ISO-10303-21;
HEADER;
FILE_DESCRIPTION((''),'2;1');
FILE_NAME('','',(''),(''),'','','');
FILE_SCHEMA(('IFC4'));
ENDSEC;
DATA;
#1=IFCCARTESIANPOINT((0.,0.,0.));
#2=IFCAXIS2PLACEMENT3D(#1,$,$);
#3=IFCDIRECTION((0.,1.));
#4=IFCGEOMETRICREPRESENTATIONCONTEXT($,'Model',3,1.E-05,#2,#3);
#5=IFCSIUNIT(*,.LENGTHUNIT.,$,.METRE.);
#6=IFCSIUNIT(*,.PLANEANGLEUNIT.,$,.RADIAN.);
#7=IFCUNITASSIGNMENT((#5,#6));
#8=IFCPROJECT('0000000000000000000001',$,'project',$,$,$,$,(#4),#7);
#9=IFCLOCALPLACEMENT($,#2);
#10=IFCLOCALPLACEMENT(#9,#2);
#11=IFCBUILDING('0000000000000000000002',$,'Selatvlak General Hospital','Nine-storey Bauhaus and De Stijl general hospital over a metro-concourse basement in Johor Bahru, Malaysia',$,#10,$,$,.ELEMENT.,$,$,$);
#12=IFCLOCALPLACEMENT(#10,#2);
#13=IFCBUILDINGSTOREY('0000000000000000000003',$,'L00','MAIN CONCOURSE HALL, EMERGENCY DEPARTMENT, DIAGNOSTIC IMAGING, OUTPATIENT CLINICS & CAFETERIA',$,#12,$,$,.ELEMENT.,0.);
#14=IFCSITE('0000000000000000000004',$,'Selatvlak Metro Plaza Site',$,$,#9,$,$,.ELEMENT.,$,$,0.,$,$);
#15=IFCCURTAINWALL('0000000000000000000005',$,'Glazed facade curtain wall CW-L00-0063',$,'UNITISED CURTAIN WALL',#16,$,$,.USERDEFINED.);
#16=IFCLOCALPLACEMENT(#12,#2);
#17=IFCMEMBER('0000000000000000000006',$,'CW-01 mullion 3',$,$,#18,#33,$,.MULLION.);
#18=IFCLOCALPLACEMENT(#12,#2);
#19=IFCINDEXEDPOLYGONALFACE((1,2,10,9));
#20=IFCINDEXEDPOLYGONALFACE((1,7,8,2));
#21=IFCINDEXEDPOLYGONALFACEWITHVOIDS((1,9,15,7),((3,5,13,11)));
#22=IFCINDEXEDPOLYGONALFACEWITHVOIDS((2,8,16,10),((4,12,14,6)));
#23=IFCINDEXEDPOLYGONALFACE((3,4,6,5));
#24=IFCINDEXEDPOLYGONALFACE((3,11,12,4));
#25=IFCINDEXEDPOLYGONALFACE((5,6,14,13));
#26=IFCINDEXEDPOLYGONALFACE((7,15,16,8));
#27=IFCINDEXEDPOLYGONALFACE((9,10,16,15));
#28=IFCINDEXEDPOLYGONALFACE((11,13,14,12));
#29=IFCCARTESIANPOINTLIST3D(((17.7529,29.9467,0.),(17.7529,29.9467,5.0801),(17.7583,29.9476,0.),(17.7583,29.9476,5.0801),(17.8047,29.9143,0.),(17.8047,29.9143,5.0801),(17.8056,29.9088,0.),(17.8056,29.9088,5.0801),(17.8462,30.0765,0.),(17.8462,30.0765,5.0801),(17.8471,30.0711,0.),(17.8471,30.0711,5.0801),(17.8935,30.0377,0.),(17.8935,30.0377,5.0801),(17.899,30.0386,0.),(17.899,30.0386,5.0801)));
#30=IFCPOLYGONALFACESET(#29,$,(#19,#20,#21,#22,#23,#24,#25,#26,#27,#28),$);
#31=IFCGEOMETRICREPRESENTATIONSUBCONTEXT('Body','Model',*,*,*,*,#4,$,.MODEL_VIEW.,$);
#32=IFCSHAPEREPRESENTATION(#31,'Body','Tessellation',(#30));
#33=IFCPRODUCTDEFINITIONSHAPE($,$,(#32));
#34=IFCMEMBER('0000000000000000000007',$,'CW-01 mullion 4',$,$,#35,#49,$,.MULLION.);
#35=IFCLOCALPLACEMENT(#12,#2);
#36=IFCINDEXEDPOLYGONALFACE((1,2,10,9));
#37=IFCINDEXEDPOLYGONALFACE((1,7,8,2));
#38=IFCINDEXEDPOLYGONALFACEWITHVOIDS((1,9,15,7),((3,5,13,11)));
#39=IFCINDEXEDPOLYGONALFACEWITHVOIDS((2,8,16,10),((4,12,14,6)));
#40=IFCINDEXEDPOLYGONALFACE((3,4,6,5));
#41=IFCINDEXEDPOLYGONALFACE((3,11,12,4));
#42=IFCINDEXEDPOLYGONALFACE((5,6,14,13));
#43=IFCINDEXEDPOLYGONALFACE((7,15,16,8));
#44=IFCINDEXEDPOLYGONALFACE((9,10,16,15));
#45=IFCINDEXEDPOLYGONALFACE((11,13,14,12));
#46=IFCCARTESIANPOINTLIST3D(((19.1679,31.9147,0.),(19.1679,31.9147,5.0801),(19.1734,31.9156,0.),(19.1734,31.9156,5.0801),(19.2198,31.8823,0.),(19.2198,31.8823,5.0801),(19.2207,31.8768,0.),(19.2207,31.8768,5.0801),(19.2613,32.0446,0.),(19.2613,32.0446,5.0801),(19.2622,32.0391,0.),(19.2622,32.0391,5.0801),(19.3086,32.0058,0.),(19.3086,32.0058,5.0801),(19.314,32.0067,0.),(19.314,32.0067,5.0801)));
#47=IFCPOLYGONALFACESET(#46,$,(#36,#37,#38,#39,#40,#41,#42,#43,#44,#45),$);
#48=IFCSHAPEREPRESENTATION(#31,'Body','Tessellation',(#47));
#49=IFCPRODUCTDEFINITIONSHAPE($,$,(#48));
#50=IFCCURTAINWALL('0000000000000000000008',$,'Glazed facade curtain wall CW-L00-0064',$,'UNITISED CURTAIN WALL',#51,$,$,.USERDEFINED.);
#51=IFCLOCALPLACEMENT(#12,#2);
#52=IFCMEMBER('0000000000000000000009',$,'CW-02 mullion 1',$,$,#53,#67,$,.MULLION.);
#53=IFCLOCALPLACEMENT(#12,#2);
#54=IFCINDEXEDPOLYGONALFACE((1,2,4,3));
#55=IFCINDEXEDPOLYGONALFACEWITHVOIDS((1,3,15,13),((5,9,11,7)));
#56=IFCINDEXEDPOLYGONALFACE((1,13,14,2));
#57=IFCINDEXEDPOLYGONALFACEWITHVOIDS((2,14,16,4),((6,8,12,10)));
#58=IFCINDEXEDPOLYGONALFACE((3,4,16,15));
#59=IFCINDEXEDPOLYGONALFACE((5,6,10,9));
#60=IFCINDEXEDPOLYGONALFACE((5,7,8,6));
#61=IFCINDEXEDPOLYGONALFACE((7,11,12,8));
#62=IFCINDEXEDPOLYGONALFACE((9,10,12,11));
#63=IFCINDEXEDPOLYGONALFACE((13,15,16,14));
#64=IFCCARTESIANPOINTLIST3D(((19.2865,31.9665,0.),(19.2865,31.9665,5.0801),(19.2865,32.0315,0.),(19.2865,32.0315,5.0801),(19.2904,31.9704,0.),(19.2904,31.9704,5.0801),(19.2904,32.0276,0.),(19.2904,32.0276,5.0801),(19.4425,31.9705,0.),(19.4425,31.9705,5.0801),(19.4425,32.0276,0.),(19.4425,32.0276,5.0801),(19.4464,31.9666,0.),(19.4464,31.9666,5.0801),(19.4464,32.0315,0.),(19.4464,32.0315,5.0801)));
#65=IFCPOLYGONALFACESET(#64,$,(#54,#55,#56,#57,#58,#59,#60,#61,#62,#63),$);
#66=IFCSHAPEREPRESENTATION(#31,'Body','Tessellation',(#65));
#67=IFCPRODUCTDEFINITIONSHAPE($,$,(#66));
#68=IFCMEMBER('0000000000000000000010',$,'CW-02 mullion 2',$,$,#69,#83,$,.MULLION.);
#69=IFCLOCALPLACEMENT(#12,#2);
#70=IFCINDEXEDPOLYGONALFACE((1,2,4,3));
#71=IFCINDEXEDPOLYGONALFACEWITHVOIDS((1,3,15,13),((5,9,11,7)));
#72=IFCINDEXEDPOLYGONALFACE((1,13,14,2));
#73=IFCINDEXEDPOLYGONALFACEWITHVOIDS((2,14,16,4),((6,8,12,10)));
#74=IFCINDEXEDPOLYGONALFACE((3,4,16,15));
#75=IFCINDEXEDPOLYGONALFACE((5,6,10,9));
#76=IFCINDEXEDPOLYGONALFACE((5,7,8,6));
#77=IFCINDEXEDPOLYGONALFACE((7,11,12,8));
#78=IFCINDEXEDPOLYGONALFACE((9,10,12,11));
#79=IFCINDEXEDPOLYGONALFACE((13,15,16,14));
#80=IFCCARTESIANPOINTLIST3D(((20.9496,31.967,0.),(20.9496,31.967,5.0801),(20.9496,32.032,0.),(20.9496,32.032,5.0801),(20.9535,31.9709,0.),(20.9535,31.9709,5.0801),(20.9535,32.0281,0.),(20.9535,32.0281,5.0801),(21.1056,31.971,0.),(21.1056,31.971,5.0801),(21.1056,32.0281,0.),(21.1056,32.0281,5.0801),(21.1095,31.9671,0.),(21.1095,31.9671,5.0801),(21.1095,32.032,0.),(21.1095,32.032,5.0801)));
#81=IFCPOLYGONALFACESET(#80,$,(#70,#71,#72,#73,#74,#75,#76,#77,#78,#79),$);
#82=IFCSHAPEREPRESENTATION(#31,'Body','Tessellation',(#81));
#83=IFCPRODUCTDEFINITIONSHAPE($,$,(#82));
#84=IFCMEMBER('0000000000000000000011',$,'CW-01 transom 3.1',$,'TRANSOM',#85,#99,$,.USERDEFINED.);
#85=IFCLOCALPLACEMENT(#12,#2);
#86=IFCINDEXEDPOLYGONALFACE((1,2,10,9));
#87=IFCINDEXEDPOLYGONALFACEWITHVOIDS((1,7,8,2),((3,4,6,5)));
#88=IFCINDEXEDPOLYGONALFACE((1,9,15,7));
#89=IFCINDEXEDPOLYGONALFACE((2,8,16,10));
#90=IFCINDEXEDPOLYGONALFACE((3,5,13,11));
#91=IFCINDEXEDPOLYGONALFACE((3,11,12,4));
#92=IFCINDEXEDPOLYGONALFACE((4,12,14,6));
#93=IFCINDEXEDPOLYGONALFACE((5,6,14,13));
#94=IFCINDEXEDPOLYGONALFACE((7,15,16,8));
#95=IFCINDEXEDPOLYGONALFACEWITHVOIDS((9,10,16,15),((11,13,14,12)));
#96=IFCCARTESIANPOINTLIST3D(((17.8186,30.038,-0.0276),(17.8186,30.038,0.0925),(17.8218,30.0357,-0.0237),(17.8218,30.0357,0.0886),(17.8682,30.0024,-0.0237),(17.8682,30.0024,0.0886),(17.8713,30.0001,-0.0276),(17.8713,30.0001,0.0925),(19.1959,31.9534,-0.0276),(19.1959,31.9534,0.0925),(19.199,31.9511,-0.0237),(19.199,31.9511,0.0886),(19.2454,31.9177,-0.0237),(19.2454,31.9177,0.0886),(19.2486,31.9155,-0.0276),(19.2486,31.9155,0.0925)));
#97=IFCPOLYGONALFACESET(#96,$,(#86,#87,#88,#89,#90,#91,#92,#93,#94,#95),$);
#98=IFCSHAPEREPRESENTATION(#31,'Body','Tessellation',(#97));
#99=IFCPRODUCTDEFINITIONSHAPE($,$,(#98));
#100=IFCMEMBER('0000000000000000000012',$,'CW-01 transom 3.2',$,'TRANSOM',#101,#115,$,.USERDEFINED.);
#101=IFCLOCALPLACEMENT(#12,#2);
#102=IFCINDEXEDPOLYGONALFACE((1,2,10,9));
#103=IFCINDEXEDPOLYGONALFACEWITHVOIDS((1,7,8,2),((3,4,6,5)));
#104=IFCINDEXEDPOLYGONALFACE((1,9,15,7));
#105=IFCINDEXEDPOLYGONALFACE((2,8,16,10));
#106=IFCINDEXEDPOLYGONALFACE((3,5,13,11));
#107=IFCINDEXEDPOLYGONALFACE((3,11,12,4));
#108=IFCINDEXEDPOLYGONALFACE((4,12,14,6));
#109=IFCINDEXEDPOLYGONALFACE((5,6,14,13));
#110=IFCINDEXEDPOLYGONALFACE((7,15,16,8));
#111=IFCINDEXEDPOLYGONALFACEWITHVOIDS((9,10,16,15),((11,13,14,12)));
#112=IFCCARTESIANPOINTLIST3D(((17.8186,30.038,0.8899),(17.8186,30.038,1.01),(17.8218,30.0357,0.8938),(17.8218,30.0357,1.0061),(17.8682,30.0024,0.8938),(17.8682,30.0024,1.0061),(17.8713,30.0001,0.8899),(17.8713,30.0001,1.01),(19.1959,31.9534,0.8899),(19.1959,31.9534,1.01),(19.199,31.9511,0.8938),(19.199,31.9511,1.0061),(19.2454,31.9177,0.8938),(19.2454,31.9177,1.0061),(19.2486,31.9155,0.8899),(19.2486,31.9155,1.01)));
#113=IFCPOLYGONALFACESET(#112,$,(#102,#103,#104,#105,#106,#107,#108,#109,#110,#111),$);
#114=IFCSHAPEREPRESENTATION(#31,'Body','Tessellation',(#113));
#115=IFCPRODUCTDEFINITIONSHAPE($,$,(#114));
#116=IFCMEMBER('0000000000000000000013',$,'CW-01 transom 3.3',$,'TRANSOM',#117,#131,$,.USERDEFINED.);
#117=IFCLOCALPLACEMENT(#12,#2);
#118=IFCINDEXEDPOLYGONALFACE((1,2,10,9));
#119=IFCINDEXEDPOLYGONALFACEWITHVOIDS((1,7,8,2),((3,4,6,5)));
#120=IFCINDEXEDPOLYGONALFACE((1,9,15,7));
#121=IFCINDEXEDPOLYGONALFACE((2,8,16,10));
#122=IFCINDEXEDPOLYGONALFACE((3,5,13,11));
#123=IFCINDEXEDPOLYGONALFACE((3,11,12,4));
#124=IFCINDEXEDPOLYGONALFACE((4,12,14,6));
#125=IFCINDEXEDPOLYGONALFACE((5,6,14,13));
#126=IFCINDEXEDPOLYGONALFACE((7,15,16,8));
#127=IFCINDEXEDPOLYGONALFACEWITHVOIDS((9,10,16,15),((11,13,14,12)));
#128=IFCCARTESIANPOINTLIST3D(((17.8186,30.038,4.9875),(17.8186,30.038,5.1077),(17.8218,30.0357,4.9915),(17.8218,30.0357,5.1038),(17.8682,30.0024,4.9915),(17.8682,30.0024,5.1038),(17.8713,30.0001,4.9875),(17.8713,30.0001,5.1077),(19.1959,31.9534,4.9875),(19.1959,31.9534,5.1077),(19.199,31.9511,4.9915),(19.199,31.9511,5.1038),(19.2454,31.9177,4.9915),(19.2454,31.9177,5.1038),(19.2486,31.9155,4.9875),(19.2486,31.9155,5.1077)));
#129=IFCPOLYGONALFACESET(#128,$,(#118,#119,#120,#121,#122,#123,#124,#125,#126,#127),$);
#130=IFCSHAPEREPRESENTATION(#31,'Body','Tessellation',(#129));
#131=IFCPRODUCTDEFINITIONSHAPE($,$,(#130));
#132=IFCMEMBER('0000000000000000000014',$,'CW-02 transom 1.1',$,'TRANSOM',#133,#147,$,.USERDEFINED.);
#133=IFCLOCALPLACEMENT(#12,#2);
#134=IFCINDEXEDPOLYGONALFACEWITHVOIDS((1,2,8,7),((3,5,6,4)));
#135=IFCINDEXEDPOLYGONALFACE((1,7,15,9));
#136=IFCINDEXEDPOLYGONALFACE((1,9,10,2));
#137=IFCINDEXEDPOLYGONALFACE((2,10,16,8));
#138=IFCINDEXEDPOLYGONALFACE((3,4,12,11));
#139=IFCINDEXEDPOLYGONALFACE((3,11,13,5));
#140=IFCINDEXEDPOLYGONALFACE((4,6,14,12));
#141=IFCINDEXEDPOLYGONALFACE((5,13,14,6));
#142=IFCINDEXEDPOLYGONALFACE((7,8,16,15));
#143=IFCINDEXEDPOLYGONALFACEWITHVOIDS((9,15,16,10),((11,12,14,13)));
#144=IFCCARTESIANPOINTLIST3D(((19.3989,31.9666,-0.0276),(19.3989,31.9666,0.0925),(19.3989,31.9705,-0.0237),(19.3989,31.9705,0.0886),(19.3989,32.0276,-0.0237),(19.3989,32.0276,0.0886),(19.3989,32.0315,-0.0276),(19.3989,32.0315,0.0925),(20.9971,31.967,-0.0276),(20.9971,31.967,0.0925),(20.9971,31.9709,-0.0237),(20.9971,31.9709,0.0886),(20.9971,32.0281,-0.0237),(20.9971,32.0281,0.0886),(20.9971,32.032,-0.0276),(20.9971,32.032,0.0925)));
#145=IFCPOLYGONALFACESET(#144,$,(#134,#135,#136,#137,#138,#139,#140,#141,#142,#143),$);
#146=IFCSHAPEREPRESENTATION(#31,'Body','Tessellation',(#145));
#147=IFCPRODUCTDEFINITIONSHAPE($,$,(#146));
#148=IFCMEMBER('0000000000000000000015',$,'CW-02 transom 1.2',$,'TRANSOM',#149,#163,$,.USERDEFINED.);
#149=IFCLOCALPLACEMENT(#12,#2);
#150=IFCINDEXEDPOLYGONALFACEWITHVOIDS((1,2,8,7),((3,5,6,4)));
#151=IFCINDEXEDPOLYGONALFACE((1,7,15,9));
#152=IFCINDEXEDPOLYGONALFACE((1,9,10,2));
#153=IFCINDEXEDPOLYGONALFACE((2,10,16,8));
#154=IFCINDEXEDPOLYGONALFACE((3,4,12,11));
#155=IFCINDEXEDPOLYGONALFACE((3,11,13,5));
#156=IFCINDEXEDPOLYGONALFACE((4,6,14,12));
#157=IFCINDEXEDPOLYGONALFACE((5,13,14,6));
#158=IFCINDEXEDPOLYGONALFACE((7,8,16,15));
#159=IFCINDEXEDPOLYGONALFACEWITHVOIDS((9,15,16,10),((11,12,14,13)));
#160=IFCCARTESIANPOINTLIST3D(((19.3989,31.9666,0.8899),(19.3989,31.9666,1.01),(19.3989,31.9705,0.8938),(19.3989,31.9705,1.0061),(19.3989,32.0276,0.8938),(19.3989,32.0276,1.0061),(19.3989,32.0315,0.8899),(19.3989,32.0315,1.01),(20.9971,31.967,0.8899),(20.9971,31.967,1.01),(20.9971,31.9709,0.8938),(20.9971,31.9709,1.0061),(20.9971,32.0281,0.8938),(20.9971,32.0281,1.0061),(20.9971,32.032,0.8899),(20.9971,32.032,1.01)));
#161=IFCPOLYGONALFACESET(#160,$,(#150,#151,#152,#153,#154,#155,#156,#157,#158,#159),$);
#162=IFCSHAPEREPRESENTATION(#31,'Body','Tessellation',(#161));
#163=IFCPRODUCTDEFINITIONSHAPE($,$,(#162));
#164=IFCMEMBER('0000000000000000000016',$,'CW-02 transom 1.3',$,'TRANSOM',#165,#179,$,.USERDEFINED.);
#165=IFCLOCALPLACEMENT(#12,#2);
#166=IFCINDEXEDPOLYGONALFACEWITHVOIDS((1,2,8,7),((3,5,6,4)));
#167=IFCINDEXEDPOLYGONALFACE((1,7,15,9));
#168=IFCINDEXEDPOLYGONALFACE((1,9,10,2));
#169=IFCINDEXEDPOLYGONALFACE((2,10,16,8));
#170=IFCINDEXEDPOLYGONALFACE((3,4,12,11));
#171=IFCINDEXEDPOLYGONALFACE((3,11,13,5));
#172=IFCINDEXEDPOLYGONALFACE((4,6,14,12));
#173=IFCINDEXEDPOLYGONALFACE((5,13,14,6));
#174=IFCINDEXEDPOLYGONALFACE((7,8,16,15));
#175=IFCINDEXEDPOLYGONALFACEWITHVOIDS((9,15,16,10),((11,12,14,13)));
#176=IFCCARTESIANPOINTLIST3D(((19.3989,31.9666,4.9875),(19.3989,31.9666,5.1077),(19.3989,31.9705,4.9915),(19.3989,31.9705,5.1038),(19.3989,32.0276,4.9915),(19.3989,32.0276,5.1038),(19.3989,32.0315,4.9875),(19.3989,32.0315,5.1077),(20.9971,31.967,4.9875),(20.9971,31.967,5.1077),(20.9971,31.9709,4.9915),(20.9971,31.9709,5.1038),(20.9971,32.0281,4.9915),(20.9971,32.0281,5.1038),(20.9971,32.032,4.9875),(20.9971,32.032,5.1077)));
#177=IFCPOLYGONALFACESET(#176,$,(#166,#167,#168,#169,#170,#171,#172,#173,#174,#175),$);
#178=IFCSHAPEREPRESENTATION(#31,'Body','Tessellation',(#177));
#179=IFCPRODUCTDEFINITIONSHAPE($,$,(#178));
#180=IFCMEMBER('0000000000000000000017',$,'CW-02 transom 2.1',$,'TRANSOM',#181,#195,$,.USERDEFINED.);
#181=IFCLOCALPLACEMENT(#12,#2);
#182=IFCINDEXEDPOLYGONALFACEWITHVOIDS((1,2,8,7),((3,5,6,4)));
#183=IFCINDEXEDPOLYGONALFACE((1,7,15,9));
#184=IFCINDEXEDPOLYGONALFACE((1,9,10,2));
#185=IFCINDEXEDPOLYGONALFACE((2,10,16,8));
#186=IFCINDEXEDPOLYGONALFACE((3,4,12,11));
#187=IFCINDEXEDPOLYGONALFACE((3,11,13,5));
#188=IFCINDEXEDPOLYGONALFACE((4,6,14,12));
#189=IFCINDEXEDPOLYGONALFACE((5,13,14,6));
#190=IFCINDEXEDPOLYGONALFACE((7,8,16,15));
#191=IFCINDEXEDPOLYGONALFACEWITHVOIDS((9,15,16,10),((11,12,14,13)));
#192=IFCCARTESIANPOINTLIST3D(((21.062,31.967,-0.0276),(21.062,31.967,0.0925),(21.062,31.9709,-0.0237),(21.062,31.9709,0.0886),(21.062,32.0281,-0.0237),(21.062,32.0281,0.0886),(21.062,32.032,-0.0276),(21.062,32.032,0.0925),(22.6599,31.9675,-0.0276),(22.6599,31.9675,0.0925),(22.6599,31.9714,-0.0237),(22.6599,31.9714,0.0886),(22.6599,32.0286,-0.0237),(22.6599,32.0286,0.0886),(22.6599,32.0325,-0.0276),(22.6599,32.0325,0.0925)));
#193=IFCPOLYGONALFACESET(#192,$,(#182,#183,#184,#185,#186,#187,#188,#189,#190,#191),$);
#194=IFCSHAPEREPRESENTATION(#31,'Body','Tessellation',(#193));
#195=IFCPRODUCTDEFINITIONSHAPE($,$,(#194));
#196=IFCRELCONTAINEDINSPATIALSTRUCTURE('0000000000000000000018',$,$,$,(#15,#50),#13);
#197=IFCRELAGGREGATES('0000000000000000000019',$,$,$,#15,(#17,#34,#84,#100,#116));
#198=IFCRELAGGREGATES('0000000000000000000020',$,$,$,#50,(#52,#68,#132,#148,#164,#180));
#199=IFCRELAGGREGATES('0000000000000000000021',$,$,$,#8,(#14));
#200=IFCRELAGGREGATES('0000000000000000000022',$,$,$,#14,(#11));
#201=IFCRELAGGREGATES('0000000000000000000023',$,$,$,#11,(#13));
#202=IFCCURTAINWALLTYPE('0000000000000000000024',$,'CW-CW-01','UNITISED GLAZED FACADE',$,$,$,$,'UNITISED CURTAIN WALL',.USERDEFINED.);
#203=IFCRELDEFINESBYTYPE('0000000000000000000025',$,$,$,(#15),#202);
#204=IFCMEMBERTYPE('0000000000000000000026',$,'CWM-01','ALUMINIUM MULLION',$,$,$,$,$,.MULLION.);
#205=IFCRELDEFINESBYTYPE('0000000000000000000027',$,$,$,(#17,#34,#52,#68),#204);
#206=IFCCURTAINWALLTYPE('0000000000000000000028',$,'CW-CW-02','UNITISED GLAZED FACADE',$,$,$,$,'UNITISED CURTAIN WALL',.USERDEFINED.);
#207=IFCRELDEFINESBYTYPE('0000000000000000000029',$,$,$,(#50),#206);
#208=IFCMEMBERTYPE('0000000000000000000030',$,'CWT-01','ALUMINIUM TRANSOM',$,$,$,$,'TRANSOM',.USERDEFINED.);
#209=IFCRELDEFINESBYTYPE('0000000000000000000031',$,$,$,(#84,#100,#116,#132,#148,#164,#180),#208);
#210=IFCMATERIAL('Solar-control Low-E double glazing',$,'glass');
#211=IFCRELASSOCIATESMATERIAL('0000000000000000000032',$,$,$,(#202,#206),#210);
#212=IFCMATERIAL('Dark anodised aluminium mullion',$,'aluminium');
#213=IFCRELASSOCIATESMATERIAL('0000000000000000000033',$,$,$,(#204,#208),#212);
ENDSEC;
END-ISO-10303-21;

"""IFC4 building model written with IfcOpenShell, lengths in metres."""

from ifc_helpers import new_model, si_unit, direction, frame, origin, origin_2d, place, context, subcontext, project, spatial, hollow_rectangle, extrude, material, material_profile, profile_set, type_object, element, aggregate, save


model = new_model("IFC4")

# Units and contexts
model_context = context("Model", 3, precision=1e-05, world=origin(), true_north=direction((0.0, 1.0)))
body_context = subcontext(model_context, "Body", "Model", "MODEL_VIEW")
ifc_project = project(units=[si_unit("LENGTHUNIT", "METRE"), si_unit("PLANEANGLEUNIT", "RADIAN")], contexts=[model_context])

# Site, building, storey
site_placement = place(None, origin())
site = spatial("IfcSite", under=ifc_project, at=site_placement, Name="Selatvlak Metro Plaza Site", CompositionType="ELEMENT", RefElevation=0.0)
building_placement = place(site_placement, origin())
building = spatial("IfcBuilding", under=site, at=building_placement, Name="Selatvlak General Hospital", Description="Nine-storey Bauhaus and De Stijl general hospital over a metro-concourse basement in Johor Bahru, Malaysia", CompositionType="ELEMENT")
storey_placement = place(building_placement, origin())
storey = spatial("IfcBuildingStorey", under=building, at=storey_placement, Name="L00", Description="MAIN CONCOURSE HALL, EMERGENCY DEPARTMENT, DIAGNOSTIC IMAGING, OUTPATIENT CLINICS & CAFETERIA", CompositionType="ELEMENT", Elevation=0.0)

# Curtain walls, members
ifc_material_1 = material(Name="Solar-control Low-E double glazing", Category="glass")
curtain_wall_type_1 = type_object("IfcCurtainWallType", Name="CW-CW-01", Description="UNITISED GLAZED FACADE", ElementType="UNITISED CURTAIN WALL", PredefinedType="USERDEFINED", material=ifc_material_1)
curtain_wall_1_placement = place(storey_placement, origin())
curtain_wall_1 = element("IfcCurtainWall", 1, at=curtain_wall_1_placement, inside=storey, type_object=curtain_wall_type_1, Name="Glazed facade curtain wall CW-L00-0063", ObjectType="UNITISED CURTAIN WALL", PredefinedType="USERDEFINED")
ifc_material_2 = material(Name="Dark anodised aluminium mullion", Category="aluminium")
ifc_material_profile_1 = material_profile(ifc_material_2, hollow_rectangle(XDim=0.0649, YDim=0.1599, WallThickness=0.0039, at=origin_2d()), Name="AL-MUL 65x160x4")
ifc_profile_set_1 = profile_set([ifc_material_profile_1], Name="Dark anodised aluminium mullion")
member_type_1 = type_object("IfcMemberType", Name="CWM-01", Description="ALUMINIUM MULLION", PredefinedType="MULLION", material=ifc_profile_set_1)
member_1_placement = place(storey_placement, frame((17.8259, 29.9927, 0.0), z_axis=(0.0, 0.0, 1.0), x_axis=(-0.811905, 0.58379, 0.0)))
member_1 = element("IfcMember", 2, at=member_1_placement, type_object=member_type_1, Name="CW-01 mullion 3", PredefinedType="MULLION", context=body_context, shape_type="SweptSolid", body=[
    extrude(hollow_rectangle(XDim=0.0649, YDim=0.1599, WallThickness=0.0039, at=origin_2d()), origin(), (0.0, 0.0, 1.0), 5.0801),
])
member_2_placement = place(storey_placement, frame((19.241, 31.9607, 0.0), z_axis=(0.0, 0.0, 1.0), x_axis=(-0.811905, 0.58379, 0.0)))
member_2 = element("IfcMember", 3, at=member_2_placement, type_object=member_type_1, Name="CW-01 mullion 4", PredefinedType="MULLION", context=body_context, shape_type="SweptSolid", body=[
    extrude(hollow_rectangle(XDim=0.0649, YDim=0.1599, WallThickness=0.0039, at=origin_2d()), origin(), (0.0, 0.0, 1.0), 5.0801),
])
curtain_wall_type_2 = type_object("IfcCurtainWallType", Name="CW-CW-02", Description="UNITISED GLAZED FACADE", ElementType="UNITISED CURTAIN WALL", PredefinedType="USERDEFINED", material=ifc_material_1)
curtain_wall_2_placement = place(storey_placement, origin())
curtain_wall_2 = element("IfcCurtainWall", 4, at=curtain_wall_2_placement, inside=storey, type_object=curtain_wall_type_2, Name="Glazed facade curtain wall CW-L00-0064", ObjectType="UNITISED CURTAIN WALL", PredefinedType="USERDEFINED")
member_3_placement = place(storey_placement, frame((19.3665, 31.999, 0.0), z_axis=(0.0, 0.0, 1.0), x_axis=(-0.000295, 1.0, 0.0)))
member_3 = element("IfcMember", 5, at=member_3_placement, type_object=member_type_1, Name="CW-02 mullion 1", PredefinedType="MULLION", context=body_context, shape_type="SweptSolid", body=[
    extrude(hollow_rectangle(XDim=0.0649, YDim=0.1599, WallThickness=0.0039, at=origin_2d()), origin(), (0.0, 0.0, 1.0), 5.0801),
])
member_4_placement = place(storey_placement, frame((21.0295, 31.9995, 0.0), z_axis=(0.0, 0.0, 1.0), x_axis=(-0.000295, 1.0, 0.0)))
member_4 = element("IfcMember", 6, at=member_4_placement, type_object=member_type_1, Name="CW-02 mullion 2", PredefinedType="MULLION", context=body_context, shape_type="SweptSolid", body=[
    extrude(hollow_rectangle(XDim=0.0649, YDim=0.1599, WallThickness=0.0039, at=origin_2d()), origin(), (0.0, 0.0, 1.0), 5.0801),
])

# Members
ifc_material_profile_2 = material_profile(ifc_material_2, hollow_rectangle(XDim=0.0649, YDim=0.1201, WallThickness=0.0039, at=origin_2d()), Name="AL-TRN 65x120x4")
ifc_profile_set_2 = profile_set([ifc_material_profile_2], Name="Dark anodised aluminium mullion")
member_type_2 = type_object("IfcMemberType", Name="CWT-01", Description="ALUMINIUM TRANSOM", ElementType="TRANSOM", PredefinedType="USERDEFINED", material=ifc_profile_set_2)
member_5_placement = place(storey_placement, frame((17.845, 30.019, 0.0325), z_axis=(0.5838, 0.811897, 0.0), x_axis=(-0.811897, 0.5838, 0.0)))
member_5 = element("IfcMember", 7, at=member_5_placement, type_object=member_type_2, Name="CW-01 transom 3.1", ObjectType="TRANSOM", PredefinedType="USERDEFINED", context=body_context, shape_type="SweptSolid", body=[
    extrude(hollow_rectangle(XDim=0.0649, YDim=0.1201, WallThickness=0.0039, at=origin_2d()), origin(), (0.0, 0.0, 1.0), 2.3591),
])
member_6_placement = place(storey_placement, frame((17.845, 30.019, 0.95), z_axis=(0.5838, 0.811897, 0.0), x_axis=(-0.811897, 0.5838, 0.0)))
member_6 = element("IfcMember", 8, at=member_6_placement, type_object=member_type_2, Name="CW-01 transom 3.2", ObjectType="TRANSOM", PredefinedType="USERDEFINED", context=body_context, shape_type="SweptSolid", body=[
    extrude(hollow_rectangle(XDim=0.0649, YDim=0.1201, WallThickness=0.0039, at=origin_2d()), origin(), (0.0, 0.0, 1.0), 2.3591),
])
member_7_placement = place(storey_placement, frame((17.845, 30.019, 5.0476), z_axis=(0.5838, 0.811897, 0.0), x_axis=(-0.811897, 0.5838, 0.0)))
member_7 = element("IfcMember", 9, at=member_7_placement, type_object=member_type_2, Name="CW-01 transom 3.3", ObjectType="TRANSOM", PredefinedType="USERDEFINED", context=body_context, shape_type="SweptSolid", body=[
    extrude(hollow_rectangle(XDim=0.0649, YDim=0.1201, WallThickness=0.0039, at=origin_2d()), origin(), (0.0, 0.0, 1.0), 2.3591),
])
member_8_placement = place(storey_placement, frame((19.3989, 31.999, 0.0325), z_axis=(1.0, 0.000306, 0.0), x_axis=(-0.000306, 1.0, 0.0)))
member_8 = element("IfcMember", 10, at=member_8_placement, type_object=member_type_2, Name="CW-02 transom 1.1", ObjectType="TRANSOM", PredefinedType="USERDEFINED", context=body_context, shape_type="SweptSolid", body=[
    extrude(hollow_rectangle(XDim=0.0649, YDim=0.1201, WallThickness=0.0039, at=origin_2d()), origin(), (0.0, 0.0, 1.0), 1.5981),
])
member_9_placement = place(storey_placement, frame((19.3989, 31.999, 0.95), z_axis=(1.0, 0.000306, 0.0), x_axis=(-0.000306, 1.0, 0.0)))
member_9 = element("IfcMember", 11, at=member_9_placement, type_object=member_type_2, Name="CW-02 transom 1.2", ObjectType="TRANSOM", PredefinedType="USERDEFINED", context=body_context, shape_type="SweptSolid", body=[
    extrude(hollow_rectangle(XDim=0.0649, YDim=0.1201, WallThickness=0.0039, at=origin_2d()), origin(), (0.0, 0.0, 1.0), 1.5981),
])
member_10_placement = place(storey_placement, frame((19.3989, 31.999, 5.0476), z_axis=(1.0, 0.000306, 0.0), x_axis=(-0.000306, 1.0, 0.0)))
member_10 = element("IfcMember", 12, at=member_10_placement, type_object=member_type_2, Name="CW-02 transom 1.3", ObjectType="TRANSOM", PredefinedType="USERDEFINED", context=body_context, shape_type="SweptSolid", body=[
    extrude(hollow_rectangle(XDim=0.0649, YDim=0.1201, WallThickness=0.0039, at=origin_2d()), origin(), (0.0, 0.0, 1.0), 1.5981),
])
member_11_placement = place(storey_placement, frame((21.062, 31.9995, 0.0325), z_axis=(1.0, 0.000306, 0.0), x_axis=(-0.000306, 1.0, 0.0)))
member_11 = element("IfcMember", 13, at=member_11_placement, type_object=member_type_2, Name="CW-02 transom 2.1", ObjectType="TRANSOM", PredefinedType="USERDEFINED", context=body_context, shape_type="SweptSolid", body=[
    extrude(hollow_rectangle(XDim=0.0649, YDim=0.1201, WallThickness=0.0039, at=origin_2d()), origin(), (0.0, 0.0, 1.0), 1.5979),
])

aggregate(curtain_wall_1, [member_1, member_2, member_5, member_6, member_7])
aggregate(curtain_wall_2, [member_3, member_4, member_8, member_9, member_10, member_11])

save(model, "model.ifc")
